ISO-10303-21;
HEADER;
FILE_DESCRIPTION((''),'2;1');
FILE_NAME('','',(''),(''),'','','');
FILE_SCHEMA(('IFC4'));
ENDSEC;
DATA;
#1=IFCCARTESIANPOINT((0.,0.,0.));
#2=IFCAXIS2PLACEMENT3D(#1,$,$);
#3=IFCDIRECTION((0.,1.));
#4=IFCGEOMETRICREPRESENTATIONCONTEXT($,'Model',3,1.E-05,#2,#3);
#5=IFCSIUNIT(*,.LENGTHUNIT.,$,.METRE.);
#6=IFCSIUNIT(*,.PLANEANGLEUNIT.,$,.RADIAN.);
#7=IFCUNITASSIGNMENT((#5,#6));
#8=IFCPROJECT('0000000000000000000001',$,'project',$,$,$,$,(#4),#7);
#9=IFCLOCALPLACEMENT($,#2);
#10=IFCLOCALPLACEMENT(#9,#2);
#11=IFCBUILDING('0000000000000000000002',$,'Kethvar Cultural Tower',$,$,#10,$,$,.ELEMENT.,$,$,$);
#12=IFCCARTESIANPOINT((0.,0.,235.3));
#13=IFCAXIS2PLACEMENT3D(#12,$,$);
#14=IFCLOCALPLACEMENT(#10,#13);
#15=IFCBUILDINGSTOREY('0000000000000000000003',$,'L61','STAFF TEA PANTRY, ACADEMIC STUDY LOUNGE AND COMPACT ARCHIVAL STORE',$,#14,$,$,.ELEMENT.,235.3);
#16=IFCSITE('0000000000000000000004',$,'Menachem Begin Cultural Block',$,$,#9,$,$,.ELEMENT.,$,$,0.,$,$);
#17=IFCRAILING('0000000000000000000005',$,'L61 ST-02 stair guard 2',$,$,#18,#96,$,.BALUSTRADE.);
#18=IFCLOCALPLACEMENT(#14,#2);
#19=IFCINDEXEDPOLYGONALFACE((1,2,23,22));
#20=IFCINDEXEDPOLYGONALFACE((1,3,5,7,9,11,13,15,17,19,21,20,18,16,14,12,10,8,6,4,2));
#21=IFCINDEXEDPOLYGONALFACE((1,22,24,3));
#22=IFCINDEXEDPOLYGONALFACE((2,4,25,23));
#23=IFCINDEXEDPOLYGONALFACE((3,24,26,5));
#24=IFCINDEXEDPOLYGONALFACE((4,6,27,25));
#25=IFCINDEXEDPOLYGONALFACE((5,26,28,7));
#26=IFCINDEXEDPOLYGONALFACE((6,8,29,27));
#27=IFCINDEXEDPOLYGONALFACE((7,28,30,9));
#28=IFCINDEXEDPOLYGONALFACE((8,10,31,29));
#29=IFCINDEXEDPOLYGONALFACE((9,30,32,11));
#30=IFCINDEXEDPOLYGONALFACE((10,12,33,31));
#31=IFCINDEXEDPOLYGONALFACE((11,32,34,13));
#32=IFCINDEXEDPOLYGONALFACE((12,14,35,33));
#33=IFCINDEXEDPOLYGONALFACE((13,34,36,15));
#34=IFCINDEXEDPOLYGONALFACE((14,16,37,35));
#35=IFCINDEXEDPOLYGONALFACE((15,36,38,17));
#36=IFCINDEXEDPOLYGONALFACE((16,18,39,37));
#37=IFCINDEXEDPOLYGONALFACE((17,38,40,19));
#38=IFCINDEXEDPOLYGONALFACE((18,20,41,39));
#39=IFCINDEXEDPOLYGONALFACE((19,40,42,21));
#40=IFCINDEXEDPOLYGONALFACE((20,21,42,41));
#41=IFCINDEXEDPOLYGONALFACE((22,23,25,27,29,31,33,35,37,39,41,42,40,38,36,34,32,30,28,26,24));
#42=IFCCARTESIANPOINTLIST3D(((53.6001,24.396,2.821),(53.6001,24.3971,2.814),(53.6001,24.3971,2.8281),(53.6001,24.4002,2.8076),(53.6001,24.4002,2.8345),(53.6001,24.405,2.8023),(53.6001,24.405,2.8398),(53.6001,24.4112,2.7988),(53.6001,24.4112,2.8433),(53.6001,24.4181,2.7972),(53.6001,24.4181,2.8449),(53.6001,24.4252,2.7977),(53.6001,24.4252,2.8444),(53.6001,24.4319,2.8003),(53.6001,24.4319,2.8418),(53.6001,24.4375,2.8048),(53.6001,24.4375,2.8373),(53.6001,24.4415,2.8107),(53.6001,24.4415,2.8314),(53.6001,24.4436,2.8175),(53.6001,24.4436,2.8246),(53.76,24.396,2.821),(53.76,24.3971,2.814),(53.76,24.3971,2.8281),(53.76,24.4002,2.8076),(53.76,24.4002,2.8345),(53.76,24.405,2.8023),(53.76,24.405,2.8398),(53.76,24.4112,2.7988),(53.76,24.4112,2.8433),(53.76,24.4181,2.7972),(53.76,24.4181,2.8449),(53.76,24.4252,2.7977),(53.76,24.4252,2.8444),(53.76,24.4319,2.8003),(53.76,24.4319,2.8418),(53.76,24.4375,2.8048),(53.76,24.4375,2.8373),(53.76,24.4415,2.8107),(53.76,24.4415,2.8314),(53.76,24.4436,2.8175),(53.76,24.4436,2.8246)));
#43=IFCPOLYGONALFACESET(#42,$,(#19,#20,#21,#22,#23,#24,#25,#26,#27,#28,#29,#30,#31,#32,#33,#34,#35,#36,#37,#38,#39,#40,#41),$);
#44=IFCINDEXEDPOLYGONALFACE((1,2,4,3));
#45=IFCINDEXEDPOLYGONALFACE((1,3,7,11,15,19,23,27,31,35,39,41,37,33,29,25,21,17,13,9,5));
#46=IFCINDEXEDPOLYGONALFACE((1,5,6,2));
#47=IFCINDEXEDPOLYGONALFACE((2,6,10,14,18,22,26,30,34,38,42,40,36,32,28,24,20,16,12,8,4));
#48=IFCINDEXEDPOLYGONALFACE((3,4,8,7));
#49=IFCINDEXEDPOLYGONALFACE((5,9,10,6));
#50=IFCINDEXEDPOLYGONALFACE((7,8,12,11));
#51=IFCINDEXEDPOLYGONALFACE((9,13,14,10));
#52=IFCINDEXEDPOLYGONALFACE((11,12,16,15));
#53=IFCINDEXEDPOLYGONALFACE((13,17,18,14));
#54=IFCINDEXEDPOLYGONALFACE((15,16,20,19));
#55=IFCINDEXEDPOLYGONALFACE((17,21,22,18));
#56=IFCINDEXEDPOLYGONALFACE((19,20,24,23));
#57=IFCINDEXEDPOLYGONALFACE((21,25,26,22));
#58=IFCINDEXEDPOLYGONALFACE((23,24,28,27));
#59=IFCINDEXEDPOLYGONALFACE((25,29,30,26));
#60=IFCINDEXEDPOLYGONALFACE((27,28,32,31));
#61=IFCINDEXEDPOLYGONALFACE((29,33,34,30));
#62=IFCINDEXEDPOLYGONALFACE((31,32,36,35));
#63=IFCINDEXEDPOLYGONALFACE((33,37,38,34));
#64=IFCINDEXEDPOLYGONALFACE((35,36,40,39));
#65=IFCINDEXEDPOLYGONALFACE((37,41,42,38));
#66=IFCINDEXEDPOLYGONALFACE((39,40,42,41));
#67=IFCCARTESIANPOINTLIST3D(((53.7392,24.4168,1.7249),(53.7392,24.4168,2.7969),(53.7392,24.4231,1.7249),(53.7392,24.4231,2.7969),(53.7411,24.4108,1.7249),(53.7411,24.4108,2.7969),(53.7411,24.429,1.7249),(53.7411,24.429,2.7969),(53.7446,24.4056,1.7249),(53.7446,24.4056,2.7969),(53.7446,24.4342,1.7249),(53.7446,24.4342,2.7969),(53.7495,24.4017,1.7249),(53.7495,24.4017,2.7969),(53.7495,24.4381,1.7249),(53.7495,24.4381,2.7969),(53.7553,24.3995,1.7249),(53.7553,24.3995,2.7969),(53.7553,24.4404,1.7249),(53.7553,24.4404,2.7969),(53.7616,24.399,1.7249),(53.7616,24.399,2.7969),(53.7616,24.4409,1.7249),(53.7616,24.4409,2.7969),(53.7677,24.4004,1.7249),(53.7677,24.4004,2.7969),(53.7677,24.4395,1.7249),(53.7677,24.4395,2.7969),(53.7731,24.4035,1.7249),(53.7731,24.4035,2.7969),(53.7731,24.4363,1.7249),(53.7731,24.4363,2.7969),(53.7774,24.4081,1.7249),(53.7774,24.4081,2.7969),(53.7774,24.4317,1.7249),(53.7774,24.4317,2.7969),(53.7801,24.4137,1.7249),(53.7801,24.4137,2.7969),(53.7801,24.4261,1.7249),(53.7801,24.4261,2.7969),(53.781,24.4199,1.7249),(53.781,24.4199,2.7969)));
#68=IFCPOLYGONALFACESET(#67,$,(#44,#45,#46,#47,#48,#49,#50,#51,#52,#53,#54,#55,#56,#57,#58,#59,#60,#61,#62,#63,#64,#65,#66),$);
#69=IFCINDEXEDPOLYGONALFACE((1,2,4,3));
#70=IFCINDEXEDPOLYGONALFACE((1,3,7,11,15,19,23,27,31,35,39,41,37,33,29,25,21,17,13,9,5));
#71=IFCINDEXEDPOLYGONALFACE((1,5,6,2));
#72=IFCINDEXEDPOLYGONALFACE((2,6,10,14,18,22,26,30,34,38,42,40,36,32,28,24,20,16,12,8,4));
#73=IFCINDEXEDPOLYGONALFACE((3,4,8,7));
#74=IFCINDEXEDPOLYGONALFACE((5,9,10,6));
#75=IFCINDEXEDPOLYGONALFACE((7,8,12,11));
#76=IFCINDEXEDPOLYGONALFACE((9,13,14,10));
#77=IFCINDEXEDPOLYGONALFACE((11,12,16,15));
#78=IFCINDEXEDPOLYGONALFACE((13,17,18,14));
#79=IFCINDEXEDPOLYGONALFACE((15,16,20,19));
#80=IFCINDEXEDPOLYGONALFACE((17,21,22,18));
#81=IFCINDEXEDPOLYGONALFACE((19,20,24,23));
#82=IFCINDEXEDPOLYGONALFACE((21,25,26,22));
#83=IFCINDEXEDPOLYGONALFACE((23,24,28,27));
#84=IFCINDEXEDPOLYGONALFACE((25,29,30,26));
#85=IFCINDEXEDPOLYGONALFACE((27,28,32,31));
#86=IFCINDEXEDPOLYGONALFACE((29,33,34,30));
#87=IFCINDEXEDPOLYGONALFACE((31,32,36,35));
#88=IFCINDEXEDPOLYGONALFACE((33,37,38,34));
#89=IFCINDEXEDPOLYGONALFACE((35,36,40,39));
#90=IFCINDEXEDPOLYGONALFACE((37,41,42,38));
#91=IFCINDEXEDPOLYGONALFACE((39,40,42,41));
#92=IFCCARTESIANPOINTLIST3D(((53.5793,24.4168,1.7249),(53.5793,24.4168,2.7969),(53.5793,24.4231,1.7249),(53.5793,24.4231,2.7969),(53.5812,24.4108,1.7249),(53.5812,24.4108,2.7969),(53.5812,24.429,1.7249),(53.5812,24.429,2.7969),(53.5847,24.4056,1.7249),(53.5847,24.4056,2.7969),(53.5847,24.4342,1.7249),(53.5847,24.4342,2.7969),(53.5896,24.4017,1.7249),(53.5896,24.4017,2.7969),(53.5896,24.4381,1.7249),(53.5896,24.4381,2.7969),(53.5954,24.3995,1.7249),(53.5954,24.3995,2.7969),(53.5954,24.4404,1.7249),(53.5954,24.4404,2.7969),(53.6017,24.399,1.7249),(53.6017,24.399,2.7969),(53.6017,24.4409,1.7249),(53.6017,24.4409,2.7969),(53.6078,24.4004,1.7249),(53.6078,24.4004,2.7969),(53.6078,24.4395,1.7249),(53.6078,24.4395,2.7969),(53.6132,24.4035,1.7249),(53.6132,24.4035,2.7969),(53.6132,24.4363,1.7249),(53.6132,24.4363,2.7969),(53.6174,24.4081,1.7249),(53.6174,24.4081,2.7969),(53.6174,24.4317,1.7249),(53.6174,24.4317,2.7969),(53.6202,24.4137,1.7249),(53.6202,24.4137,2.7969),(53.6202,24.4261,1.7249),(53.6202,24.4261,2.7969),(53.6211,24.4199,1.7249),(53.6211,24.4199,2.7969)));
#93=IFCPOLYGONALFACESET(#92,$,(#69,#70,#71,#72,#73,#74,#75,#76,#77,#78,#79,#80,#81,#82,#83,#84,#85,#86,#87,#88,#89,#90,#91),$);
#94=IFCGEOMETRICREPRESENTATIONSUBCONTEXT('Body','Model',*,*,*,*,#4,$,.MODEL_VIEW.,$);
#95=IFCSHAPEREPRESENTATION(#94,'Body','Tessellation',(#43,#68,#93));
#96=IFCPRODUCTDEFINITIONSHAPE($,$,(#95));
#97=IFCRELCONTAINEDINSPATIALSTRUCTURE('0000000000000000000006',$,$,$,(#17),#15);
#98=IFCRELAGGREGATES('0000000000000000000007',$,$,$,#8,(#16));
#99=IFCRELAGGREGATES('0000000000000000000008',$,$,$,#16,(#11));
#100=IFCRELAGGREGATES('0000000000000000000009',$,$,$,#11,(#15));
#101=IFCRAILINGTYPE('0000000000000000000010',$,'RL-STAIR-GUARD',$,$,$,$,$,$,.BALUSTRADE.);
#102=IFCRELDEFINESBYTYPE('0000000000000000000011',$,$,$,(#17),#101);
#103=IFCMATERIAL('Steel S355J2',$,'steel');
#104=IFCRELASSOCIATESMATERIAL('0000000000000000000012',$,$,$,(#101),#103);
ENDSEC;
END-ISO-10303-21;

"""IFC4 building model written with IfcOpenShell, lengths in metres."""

from ifc_helpers import new_model, si_unit, direction, frame, origin, origin_2d, place, context, subcontext, project, spatial, circle, extrude, material, type_object, element, save


model = new_model("IFC4")

# Units and contexts
model_context = context("Model", 3, precision=1e-05, world=origin(), true_north=direction((0.0, 1.0)))
body_context = subcontext(model_context, "Body", "Model", "MODEL_VIEW")
ifc_project = project(units=[si_unit("LENGTHUNIT", "METRE"), si_unit("PLANEANGLEUNIT", "RADIAN")], contexts=[model_context])

# Site, building, storey
site_placement = place(None, origin())
site = spatial("IfcSite", under=ifc_project, at=site_placement, Name="Menachem Begin Cultural Block", CompositionType="ELEMENT", RefElevation=0.0)
building_placement = place(site_placement, origin())
building = spatial("IfcBuilding", under=site, at=building_placement, Name="Kethvar Cultural Tower", CompositionType="ELEMENT")
storey_placement = place(building_placement, frame((0.0, 0.0, 235.3)))
storey = spatial("IfcBuildingStorey", under=building, at=storey_placement, Name="L61", Description="STAFF TEA PANTRY, ACADEMIC STUDY LOUNGE AND COMPACT ARCHIVAL STORE", CompositionType="ELEMENT", Elevation=235.3)

# Shared definitions
ifc_material_1 = material(Name="Steel S355J2", Category="steel")

# Railing
railing_type_1 = type_object("IfcRailingType", Name="RL-STAIR-GUARD", PredefinedType="BALUSTRADE", material=ifc_material_1)
railing_1_placement = place(storey_placement, frame((53.76, 24.4199, 1.7249)))
element("IfcRailing", 1, at=railing_1_placement, inside=storey, type_object=railing_type_1, Name="L61 ST-02 stair guard 2", PredefinedType="BALUSTRADE", context=body_context, shape_type="SweptSolid", body=[
    extrude(circle(Radius=0.0239, at=origin_2d()), frame((0.0, 0.0, 1.0962), z_axis=(-1.0, 0.0, 0.0), x_axis=(0.0, -1.0, 0.0)), (0.0, 0.0, 1.0), 0.1599),
    extrude(circle(Radius=0.021, at=origin_2d()), origin(), (0.0, 0.0, 1.0), 1.072),
    extrude(circle(Radius=0.021, at=origin_2d()), frame((-0.1599, 0.0, 0.0)), (0.0, 0.0, 1.0), 1.072),
])

save(model, "model.ifc")
